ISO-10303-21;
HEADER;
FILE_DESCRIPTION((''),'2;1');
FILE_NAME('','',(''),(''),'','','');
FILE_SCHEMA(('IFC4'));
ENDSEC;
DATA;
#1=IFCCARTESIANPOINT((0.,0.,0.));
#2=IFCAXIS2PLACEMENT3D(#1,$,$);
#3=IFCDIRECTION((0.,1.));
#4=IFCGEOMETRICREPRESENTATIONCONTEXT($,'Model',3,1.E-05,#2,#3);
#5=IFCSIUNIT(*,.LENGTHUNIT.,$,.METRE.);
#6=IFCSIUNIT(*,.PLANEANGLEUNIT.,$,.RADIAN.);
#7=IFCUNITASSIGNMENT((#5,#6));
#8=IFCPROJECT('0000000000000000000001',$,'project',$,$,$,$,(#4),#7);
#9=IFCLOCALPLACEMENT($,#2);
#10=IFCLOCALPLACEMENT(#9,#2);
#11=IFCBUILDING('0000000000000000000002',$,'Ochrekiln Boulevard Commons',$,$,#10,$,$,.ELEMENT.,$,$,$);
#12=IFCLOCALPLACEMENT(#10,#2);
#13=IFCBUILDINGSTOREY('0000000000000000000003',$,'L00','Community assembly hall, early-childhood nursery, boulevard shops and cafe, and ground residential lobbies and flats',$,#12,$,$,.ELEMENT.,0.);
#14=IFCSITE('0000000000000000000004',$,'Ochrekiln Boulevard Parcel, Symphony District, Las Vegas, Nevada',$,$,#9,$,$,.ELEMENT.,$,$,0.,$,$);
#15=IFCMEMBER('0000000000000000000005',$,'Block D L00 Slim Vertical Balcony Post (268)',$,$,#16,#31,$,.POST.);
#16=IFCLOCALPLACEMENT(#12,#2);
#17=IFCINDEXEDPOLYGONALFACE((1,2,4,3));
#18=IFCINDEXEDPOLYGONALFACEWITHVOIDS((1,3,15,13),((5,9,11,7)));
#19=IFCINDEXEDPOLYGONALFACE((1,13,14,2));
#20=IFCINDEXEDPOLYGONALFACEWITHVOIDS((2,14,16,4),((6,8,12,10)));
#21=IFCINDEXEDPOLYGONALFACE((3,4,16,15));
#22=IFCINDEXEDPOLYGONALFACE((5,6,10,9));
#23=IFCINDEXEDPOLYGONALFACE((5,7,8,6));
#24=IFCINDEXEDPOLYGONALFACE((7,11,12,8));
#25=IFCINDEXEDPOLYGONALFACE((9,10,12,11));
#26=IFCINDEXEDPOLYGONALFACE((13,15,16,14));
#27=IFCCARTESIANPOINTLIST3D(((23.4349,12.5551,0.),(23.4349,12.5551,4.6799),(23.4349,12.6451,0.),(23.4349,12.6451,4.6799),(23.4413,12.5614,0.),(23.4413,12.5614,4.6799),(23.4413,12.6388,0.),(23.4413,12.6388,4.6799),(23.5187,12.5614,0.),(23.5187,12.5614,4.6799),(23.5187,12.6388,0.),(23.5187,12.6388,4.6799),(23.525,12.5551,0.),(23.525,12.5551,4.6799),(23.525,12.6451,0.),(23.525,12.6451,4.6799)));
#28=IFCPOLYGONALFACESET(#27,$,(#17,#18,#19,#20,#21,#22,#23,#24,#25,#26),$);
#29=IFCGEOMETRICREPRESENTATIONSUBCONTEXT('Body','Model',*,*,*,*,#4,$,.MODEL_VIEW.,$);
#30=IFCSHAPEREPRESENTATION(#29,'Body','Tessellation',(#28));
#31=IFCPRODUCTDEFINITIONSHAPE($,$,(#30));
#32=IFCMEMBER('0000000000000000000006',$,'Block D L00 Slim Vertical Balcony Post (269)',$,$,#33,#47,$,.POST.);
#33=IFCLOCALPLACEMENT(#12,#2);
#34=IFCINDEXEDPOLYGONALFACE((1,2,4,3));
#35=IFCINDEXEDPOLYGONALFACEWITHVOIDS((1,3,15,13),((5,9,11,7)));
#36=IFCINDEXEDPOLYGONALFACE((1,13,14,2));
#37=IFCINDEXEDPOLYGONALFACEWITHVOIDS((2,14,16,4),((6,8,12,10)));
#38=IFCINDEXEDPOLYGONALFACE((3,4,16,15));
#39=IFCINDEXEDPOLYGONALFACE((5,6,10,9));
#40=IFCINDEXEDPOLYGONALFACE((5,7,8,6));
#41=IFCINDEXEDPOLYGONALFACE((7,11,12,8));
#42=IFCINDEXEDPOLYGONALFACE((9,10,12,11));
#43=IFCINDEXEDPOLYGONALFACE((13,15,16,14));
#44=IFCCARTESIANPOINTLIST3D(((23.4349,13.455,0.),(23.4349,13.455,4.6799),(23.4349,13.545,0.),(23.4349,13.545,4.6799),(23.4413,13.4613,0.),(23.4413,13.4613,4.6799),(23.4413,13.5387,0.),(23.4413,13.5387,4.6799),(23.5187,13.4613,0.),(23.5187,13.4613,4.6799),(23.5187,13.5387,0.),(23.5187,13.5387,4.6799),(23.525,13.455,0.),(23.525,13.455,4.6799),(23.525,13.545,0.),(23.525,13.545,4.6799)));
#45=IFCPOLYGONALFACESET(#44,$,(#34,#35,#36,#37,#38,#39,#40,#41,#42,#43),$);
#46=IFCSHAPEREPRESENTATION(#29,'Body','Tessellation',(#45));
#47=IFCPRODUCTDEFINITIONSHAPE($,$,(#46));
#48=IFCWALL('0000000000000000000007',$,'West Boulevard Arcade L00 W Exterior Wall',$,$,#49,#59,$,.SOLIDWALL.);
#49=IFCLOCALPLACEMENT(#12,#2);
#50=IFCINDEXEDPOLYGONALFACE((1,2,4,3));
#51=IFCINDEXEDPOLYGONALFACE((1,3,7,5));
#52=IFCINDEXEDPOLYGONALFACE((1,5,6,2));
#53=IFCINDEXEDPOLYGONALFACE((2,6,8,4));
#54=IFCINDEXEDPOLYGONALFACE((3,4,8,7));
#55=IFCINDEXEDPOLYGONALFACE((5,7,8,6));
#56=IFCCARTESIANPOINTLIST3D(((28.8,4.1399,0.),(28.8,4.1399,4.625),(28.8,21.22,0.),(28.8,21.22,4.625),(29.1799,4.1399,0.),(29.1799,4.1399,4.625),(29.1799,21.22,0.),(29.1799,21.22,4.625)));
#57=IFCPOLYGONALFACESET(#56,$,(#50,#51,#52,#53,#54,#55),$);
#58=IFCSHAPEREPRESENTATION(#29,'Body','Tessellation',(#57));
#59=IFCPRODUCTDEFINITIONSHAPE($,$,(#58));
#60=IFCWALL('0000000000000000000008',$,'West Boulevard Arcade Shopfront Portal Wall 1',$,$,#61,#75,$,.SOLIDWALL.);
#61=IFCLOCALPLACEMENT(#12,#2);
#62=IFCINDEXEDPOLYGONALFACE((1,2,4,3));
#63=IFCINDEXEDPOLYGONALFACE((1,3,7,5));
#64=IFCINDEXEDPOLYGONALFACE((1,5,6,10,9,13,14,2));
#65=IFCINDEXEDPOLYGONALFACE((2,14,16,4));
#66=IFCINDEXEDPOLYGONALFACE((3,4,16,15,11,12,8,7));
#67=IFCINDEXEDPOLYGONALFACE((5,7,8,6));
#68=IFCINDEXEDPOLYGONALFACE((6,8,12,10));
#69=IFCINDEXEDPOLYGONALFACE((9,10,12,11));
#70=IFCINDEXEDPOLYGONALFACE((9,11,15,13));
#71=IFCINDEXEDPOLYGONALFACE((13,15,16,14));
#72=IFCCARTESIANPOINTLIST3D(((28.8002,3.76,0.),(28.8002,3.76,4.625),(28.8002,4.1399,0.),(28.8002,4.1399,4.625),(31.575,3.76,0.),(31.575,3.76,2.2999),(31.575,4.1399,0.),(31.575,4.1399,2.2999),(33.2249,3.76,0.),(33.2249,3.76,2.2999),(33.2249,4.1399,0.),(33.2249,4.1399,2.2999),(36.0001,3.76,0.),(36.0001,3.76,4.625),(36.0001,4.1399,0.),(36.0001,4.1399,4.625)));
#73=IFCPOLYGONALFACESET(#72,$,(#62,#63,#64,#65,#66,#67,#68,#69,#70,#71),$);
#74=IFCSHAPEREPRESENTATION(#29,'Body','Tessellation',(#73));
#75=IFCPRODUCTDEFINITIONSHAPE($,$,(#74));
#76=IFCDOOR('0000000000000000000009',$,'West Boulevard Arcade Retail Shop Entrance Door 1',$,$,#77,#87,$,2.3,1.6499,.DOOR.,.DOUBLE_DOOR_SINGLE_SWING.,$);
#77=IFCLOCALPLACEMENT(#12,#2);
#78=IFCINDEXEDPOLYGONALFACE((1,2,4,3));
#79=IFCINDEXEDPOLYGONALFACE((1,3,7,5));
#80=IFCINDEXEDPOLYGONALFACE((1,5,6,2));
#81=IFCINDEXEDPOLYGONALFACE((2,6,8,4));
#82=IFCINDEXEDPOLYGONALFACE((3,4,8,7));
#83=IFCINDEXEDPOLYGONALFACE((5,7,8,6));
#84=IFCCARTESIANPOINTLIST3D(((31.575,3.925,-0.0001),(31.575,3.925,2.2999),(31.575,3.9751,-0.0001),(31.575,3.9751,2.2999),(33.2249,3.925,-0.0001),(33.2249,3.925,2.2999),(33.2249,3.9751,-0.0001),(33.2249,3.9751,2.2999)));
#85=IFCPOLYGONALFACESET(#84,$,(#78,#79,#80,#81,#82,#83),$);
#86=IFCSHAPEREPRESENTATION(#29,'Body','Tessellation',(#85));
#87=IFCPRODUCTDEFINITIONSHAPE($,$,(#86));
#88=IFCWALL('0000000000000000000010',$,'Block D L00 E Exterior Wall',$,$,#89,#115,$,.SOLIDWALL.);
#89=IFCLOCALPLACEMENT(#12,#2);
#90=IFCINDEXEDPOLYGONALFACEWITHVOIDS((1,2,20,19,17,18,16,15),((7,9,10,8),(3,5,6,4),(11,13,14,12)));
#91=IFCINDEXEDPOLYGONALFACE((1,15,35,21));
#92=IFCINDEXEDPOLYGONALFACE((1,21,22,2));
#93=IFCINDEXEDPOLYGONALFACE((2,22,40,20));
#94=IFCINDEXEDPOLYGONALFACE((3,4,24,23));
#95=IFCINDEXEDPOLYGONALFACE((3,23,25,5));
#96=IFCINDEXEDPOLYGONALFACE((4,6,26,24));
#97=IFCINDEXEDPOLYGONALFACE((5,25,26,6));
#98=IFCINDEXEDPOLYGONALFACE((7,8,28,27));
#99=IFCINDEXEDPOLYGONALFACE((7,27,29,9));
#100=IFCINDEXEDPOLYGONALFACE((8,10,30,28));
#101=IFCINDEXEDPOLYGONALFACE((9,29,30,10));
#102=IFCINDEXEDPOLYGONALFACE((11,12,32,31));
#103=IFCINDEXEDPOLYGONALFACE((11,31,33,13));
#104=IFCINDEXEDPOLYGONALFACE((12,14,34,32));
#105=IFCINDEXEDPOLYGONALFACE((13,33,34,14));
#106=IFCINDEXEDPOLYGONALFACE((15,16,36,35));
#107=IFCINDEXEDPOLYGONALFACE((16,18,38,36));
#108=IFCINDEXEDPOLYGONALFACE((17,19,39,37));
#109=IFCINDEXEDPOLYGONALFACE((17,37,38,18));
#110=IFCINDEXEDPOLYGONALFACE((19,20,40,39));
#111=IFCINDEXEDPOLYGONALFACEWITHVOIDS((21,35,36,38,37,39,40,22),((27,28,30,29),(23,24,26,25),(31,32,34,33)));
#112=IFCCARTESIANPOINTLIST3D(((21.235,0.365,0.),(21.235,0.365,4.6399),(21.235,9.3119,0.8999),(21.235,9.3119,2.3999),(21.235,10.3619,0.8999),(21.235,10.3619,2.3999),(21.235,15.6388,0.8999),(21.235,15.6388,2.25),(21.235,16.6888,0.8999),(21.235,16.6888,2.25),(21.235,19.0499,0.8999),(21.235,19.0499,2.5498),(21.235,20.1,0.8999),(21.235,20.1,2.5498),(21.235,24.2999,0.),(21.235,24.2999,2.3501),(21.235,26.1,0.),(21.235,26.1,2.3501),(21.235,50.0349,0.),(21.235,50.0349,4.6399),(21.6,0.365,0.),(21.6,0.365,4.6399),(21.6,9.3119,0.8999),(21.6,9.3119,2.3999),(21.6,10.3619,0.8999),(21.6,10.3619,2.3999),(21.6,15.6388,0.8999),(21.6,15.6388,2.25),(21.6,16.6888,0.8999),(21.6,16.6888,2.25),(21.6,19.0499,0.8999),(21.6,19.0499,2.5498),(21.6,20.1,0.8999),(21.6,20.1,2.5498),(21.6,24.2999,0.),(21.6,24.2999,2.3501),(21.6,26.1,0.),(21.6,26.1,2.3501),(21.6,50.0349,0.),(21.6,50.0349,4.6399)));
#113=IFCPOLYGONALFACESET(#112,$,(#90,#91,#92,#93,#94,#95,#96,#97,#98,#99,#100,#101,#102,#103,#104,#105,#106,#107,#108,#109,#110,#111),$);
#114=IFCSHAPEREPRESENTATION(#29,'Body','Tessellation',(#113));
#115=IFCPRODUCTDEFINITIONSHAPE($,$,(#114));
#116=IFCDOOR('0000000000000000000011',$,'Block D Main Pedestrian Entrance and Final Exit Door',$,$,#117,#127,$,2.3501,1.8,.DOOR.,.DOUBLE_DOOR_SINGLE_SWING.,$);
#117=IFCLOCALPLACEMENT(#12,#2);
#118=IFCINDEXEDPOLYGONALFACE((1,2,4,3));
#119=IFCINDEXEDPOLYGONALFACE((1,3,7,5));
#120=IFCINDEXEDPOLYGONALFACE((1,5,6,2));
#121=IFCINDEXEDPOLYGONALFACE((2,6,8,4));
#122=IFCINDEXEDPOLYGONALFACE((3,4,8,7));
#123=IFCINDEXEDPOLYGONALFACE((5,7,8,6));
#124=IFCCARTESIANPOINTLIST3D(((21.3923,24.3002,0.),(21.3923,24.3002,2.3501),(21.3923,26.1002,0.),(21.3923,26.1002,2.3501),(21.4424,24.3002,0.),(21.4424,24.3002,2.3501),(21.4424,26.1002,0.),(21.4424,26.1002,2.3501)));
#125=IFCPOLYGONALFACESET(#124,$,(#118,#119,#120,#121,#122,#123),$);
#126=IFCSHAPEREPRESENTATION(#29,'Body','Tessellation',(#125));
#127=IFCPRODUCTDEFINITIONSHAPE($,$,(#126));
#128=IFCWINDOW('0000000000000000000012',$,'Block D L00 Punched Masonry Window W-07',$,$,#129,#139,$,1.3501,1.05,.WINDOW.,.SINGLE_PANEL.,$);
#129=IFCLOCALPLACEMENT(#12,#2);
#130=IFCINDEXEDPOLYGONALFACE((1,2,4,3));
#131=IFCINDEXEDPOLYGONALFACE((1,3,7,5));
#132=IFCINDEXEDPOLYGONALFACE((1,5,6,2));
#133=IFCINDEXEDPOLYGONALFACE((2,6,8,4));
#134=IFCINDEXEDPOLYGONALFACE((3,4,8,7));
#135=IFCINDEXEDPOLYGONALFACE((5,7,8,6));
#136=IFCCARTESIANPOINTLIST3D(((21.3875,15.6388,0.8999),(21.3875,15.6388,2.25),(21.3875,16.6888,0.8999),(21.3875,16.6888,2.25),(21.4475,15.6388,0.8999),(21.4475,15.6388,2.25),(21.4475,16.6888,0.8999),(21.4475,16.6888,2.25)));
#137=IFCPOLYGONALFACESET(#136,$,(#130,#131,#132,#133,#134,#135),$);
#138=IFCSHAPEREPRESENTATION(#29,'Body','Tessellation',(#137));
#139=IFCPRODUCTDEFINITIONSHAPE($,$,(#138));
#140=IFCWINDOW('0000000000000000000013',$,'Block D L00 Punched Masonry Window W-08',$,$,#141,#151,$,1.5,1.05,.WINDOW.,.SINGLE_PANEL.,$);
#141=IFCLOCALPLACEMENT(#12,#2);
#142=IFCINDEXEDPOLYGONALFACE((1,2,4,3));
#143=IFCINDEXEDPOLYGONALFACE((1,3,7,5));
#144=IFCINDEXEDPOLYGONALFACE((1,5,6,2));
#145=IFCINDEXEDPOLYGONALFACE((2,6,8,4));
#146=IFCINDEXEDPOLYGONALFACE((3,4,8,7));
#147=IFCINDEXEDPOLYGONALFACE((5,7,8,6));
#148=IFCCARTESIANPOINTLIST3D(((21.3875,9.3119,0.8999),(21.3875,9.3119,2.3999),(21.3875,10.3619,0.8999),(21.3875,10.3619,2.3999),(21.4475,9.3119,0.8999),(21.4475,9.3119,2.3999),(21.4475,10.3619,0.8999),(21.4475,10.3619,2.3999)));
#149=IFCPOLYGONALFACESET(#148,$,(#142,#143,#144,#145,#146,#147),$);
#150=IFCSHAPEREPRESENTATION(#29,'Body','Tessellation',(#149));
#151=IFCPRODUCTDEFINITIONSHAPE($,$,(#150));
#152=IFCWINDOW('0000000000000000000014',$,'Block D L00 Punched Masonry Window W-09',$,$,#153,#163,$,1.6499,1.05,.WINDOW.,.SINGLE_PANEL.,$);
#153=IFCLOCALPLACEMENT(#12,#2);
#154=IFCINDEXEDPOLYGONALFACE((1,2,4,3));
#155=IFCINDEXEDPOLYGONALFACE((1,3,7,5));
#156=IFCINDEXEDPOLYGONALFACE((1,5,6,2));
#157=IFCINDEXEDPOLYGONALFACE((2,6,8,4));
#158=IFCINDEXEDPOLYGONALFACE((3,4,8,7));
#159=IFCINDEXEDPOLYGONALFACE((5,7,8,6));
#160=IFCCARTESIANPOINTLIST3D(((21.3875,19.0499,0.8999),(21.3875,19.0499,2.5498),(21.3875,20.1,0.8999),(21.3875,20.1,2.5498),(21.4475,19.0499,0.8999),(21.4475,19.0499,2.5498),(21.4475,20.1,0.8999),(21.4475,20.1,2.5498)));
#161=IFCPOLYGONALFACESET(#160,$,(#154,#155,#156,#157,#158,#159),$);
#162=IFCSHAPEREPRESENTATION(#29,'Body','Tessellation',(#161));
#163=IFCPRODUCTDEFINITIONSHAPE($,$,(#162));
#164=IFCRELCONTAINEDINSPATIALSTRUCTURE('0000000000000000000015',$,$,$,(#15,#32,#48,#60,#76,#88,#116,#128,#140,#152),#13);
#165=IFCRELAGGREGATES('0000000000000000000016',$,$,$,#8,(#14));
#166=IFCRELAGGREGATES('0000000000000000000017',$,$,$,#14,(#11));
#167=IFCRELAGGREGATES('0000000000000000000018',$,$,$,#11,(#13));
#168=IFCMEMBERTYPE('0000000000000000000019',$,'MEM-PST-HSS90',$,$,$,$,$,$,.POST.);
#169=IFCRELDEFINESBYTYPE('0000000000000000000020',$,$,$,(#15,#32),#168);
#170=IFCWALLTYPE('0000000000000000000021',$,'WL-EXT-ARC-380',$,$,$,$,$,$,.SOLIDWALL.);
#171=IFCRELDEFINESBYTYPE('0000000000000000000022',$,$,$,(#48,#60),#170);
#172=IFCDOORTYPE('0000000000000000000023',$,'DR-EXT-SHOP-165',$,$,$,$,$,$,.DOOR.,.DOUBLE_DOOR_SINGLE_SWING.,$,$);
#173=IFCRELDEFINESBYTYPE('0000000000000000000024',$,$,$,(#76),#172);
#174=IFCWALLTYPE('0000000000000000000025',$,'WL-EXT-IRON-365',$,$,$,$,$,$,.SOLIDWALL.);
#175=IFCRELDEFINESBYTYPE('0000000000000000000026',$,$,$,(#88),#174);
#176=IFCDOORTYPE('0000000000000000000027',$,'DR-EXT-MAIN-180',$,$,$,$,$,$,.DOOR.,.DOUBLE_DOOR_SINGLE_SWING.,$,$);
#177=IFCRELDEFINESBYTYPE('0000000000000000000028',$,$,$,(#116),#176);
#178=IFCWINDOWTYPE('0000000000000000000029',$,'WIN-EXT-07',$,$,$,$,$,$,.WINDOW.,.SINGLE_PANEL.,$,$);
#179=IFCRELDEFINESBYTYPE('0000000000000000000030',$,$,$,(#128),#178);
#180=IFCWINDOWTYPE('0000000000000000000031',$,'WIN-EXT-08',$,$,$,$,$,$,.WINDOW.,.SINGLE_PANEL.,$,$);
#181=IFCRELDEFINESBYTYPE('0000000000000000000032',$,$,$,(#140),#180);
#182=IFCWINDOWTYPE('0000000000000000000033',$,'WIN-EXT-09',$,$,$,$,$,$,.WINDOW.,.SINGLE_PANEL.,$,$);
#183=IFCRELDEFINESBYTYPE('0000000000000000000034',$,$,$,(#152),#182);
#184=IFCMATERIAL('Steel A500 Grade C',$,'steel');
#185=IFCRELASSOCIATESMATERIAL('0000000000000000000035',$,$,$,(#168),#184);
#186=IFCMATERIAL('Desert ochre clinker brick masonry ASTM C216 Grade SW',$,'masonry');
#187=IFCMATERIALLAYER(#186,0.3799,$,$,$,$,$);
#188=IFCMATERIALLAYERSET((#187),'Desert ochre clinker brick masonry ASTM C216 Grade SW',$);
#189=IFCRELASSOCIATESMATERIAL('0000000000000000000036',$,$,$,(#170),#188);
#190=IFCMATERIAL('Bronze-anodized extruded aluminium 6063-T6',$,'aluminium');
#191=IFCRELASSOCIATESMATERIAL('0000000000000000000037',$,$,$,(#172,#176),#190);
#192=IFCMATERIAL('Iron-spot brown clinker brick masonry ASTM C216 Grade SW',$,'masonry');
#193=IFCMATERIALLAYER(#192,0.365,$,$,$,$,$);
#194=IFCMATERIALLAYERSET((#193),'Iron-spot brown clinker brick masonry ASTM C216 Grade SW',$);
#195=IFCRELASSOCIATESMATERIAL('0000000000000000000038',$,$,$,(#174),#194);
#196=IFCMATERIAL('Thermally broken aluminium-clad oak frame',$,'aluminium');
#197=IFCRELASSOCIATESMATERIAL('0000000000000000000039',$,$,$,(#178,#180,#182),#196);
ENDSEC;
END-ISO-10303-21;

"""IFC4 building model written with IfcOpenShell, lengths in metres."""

from ifc_helpers import new_model, si_unit, direction, frame, frame_2d, origin, origin_2d, place, context, subcontext, project, spatial, rectangle, hollow_rectangle, extrude, material, layer, layer_set, material_profile, profile_set, type_object, element, fill, save


model = new_model("IFC4")

# Units and contexts
model_context = context("Model", 3, precision=1e-05, world=origin(), true_north=direction((0.0, 1.0)))
body_context = subcontext(model_context, "Body", "Model", "MODEL_VIEW")
ifc_project = project(units=[si_unit("LENGTHUNIT", "METRE"), si_unit("PLANEANGLEUNIT", "RADIAN")], contexts=[model_context])

# Site, building, storey
site_placement = place(None, origin())
site = spatial("IfcSite", under=ifc_project, at=site_placement, Name="Ochrekiln Boulevard Parcel, Symphony District, Las Vegas, Nevada", CompositionType="ELEMENT", RefElevation=0.0)
building_placement = place(site_placement, origin())
building = spatial("IfcBuilding", under=site, at=building_placement, Name="Ochrekiln Boulevard Commons", CompositionType="ELEMENT")
storey_placement = place(building_placement, origin())
storey = spatial("IfcBuildingStorey", under=building, at=storey_placement, Name="L00", Description="Community assembly hall, early-childhood nursery, boulevard shops and cafe, and ground residential lobbies and flats", CompositionType="ELEMENT", Elevation=0.0)

# Members
ifc_material_1 = material(Name="Steel A500 Grade C", Category="steel")
ifc_material_profile_1 = material_profile(ifc_material_1, hollow_rectangle(XDim=0.0901, YDim=0.0901, WallThickness=0.0063, at=origin_2d()), Name="HSS90X90X6.4")
ifc_profile_set_1 = profile_set([ifc_material_profile_1], Name="Steel A500 Grade C")
member_type = type_object("IfcMemberType", Name="MEM-PST-HSS90", PredefinedType="POST", material=ifc_profile_set_1)
for number, where, z_axis, x_axis, name in (
    (1, (23.48, 12.6001, 0.0), (0.0, 0.0, 1.0), (1.0, 0.0, 0.0), "Block D L00 Slim Vertical Balcony Post (268)"),
    (2, (23.48, 13.5, 0.0), (0.0, 0.0, 1.0), (1.0, 0.0, 0.0), "Block D L00 Slim Vertical Balcony Post (269)"),
):
    element("IfcMember", number, at=place(storey_placement, frame(where, z_axis=z_axis, x_axis=x_axis)), inside=storey, type_object=member_type, Name=name, PredefinedType="POST", context=body_context, shape_type="SweptSolid", body=[
        extrude(hollow_rectangle(XDim=0.0901, YDim=0.0901, WallThickness=0.0063, at=origin_2d()), origin(), (0.0, 0.0, 1.0), 4.6799),
    ])

# Wall
ifc_material_2 = material(Name="Desert ochre clinker brick masonry ASTM C216 Grade SW", Category="masonry")
ifc_layer_1 = layer(ifc_material_2, 0.3799)
ifc_layer_set_1 = layer_set([ifc_layer_1], Name="Desert ochre clinker brick masonry ASTM C216 Grade SW")
wall_type_1 = type_object("IfcWallType", Name="WL-EXT-ARC-380", PredefinedType="SOLIDWALL", material=ifc_layer_set_1)
wall_1_placement = place(storey_placement, frame((28.99, 4.1399, 0.0), z_axis=(0.0, 0.0, 1.0), x_axis=(0.0, 1.0, 0.0)))
element("IfcWall", 3, at=wall_1_placement, inside=storey, type_object=wall_type_1, Name="West Boulevard Arcade L00 W Exterior Wall", PredefinedType="SOLIDWALL", context=body_context, shape_type="SweptSolid", body=[
    extrude(rectangle(XDim=17.0801, YDim=0.3799, at=frame_2d((8.54, 0.0))), origin(), (0.0, 0.0, 1.0), 4.625),
])

# Wall, opening, door
wall_2_placement = place(storey_placement, frame((28.8, 3.95, 0.0), z_axis=(0.0, 0.0, 1.0), x_axis=(1.0, 0.0, 0.0)))
wall_2 = element("IfcWall", 4, at=wall_2_placement, inside=storey, type_object=wall_type_1, Name="West Boulevard Arcade Shopfront Portal Wall 1", PredefinedType="SOLIDWALL", context=body_context, shape_type="SweptSolid", body=[
    extrude(rectangle(XDim=7.2, YDim=0.3799, at=frame_2d((3.6001, 0.0))), origin(), (0.0, 0.0, 1.0), 4.625),
])
opening_1_placement = place(wall_2_placement, frame((2.7749, 0.0, 0.0)))
opening_1 = element("IfcOpeningElement", 5, at=opening_1_placement, cuts=wall_2, PredefinedType="OPENING", context=body_context, shape_type="SweptSolid", body=[
    extrude(rectangle(XDim=1.6499, YDim=2.3, at=frame_2d((0.825, 1.1499))), frame((0.0, 0.2, 0.0), z_axis=(0.0, -1.0, 0.0), x_axis=(1.0, 0.0, 0.0)), (0.0, 0.0, 1.0), 0.3999),
])
ifc_material_3 = material(Name="Bronze-anodized extruded aluminium 6063-T6", Category="aluminium")
door_type_1 = type_object("IfcDoorType", Name="DR-EXT-SHOP-165", OperationType="DOUBLE_DOOR_SINGLE_SWING", PredefinedType="DOOR", material=ifc_material_3)
door_1_placement = place(opening_1_placement, frame((1.6499, 0.0, 0.0), z_axis=(0.0, 0.0, 1.0), x_axis=(-1.0, 0.0, 0.0)))
door_1 = element("IfcDoor", 6, at=door_1_placement, inside=storey, type_object=door_type_1, Name="West Boulevard Arcade Retail Shop Entrance Door 1", OperationType="DOUBLE_DOOR_SINGLE_SWING", OverallHeight=2.3, OverallWidth=1.6499, PredefinedType="DOOR", context=body_context, shape_type="SweptSolid", body=[
    extrude(rectangle(XDim=1.6499, YDim=2.3, at=frame_2d((0.825, 1.1499))), frame((0.0, 0.0249, 0.0), z_axis=(0.0, -1.0, 0.0), x_axis=(1.0, 0.0, 0.0)), (0.0, 0.0, 1.0), 0.05),
])
fill(opening_1, door_1)

# Wall, openings, door, windows
ifc_material_4 = material(Name="Iron-spot brown clinker brick masonry ASTM C216 Grade SW", Category="masonry")
ifc_layer_2 = layer(ifc_material_4, 0.365)
ifc_layer_set_2 = layer_set([ifc_layer_2], Name="Iron-spot brown clinker brick masonry ASTM C216 Grade SW")
wall_type_2 = type_object("IfcWallType", Name="WL-EXT-IRON-365", PredefinedType="SOLIDWALL", material=ifc_layer_set_2)
wall_3_placement = place(storey_placement, frame((21.4175, 0.365, 0.0), z_axis=(0.0, 0.0, 1.0), x_axis=(0.0, 1.0, 0.0)))
wall_3 = element("IfcWall", 7, at=wall_3_placement, inside=storey, type_object=wall_type_2, Name="Block D L00 E Exterior Wall", PredefinedType="SOLIDWALL", context=body_context, shape_type="SweptSolid", body=[
    extrude(rectangle(XDim=49.6699, YDim=0.365, at=frame_2d((24.835, 0.0))), origin(), (0.0, 0.0, 1.0), 4.6399),
])
opening_2_placement = place(wall_3_placement, frame((23.9351, 0.0, 0.0)))
opening_2 = element("IfcOpeningElement", 8, at=opening_2_placement, cuts=wall_3, PredefinedType="OPENING", context=body_context, shape_type="SweptSolid", body=[
    extrude(rectangle(XDim=1.8, YDim=2.3501, at=frame_2d((0.8999, 1.175))), frame((0.0, 0.1924, 0.0), z_axis=(0.0, -1.0, 0.0), x_axis=(1.0, 0.0, 0.0)), (0.0, 0.0, 1.0), 0.385),
])
opening_3_placement = place(wall_3_placement, frame((15.2739, 0.0, 0.8999)))
opening_3 = element("IfcOpeningElement", 9, at=opening_3_placement, cuts=wall_3, PredefinedType="OPENING", context=body_context, shape_type="SweptSolid", body=[
    extrude(rectangle(XDim=1.05, YDim=1.3501, at=frame_2d((0.5249, 0.675))), frame((0.0, 0.1924, 0.0), z_axis=(0.0, -1.0, 0.0), x_axis=(1.0, 0.0, 0.0)), (0.0, 0.0, 1.0), 0.385),
])
opening_4_placement = place(wall_3_placement, frame((8.947, 0.0, 0.8999)))
opening_4 = element("IfcOpeningElement", 10, at=opening_4_placement, cuts=wall_3, PredefinedType="OPENING", context=body_context, shape_type="SweptSolid", body=[
    extrude(rectangle(XDim=1.05, YDim=1.5, at=frame_2d((0.5249, 0.75))), frame((0.0, 0.1924, 0.0), z_axis=(0.0, -1.0, 0.0), x_axis=(1.0, 0.0, 0.0)), (0.0, 0.0, 1.0), 0.385),
])
opening_5_placement = place(wall_3_placement, frame((18.6851, 0.0, 0.8999)))
opening_5 = element("IfcOpeningElement", 11, at=opening_5_placement, cuts=wall_3, PredefinedType="OPENING", context=body_context, shape_type="SweptSolid", body=[
    extrude(rectangle(XDim=1.05, YDim=1.6499, at=frame_2d((0.5249, 0.825))), frame((0.0, 0.1924, 0.0), z_axis=(0.0, -1.0, 0.0), x_axis=(1.0, 0.0, 0.0)), (0.0, 0.0, 1.0), 0.385),
])
door_type_2 = type_object("IfcDoorType", Name="DR-EXT-MAIN-180", OperationType="DOUBLE_DOOR_SINGLE_SWING", PredefinedType="DOOR", material=ifc_material_3)
door_2_placement = place(opening_2_placement, frame((1.8, 0.0, 0.0), z_axis=(0.0, 0.0, 1.0), x_axis=(-1.0, 0.0, 0.0)))
door_2 = element("IfcDoor", 12, at=door_2_placement, inside=storey, type_object=door_type_2, Name="Block D Main Pedestrian Entrance and Final Exit Door", OperationType="DOUBLE_DOOR_SINGLE_SWING", OverallHeight=2.3501, OverallWidth=1.8, PredefinedType="DOOR", context=body_context, shape_type="SweptSolid", body=[
    extrude(rectangle(XDim=1.8, YDim=2.3501, at=frame_2d((0.8999, 1.175))), frame((0.0, 0.0249, 0.0), z_axis=(0.0, -1.0, 0.0), x_axis=(1.0, 0.0, 0.0)), (0.0, 0.0, 1.0), 0.05),
])
fill(opening_2, door_2)
ifc_material_5 = material(Name="Thermally broken aluminium-clad oak frame", Category="aluminium")
window_type_1 = type_object("IfcWindowType", Name="WIN-EXT-07", PartitioningType="SINGLE_PANEL", PredefinedType="WINDOW", material=ifc_material_5)
window_1_placement = place(opening_3_placement, origin())
window_1 = element("IfcWindow", 13, at=window_1_placement, inside=storey, type_object=window_type_1, Name="Block D L00 Punched Masonry Window W-07", OverallHeight=1.3501, OverallWidth=1.05, PartitioningType="SINGLE_PANEL", PredefinedType="WINDOW", context=body_context, shape_type="SweptSolid", body=[
    extrude(rectangle(XDim=1.05, YDim=1.3501, at=frame_2d((0.5249, 0.675))), frame((0.0, 0.03, 0.0), z_axis=(0.0, -1.0, 0.0), x_axis=(1.0, 0.0, 0.0)), (0.0, 0.0, 1.0), 0.0601),
])
fill(opening_3, window_1)
window_type_2 = type_object("IfcWindowType", Name="WIN-EXT-08", PartitioningType="SINGLE_PANEL", PredefinedType="WINDOW", material=ifc_material_5)
window_2_placement = place(opening_4_placement, origin())
window_2 = element("IfcWindow", 14, at=window_2_placement, inside=storey, type_object=window_type_2, Name="Block D L00 Punched Masonry Window W-08", OverallHeight=1.5, OverallWidth=1.05, PartitioningType="SINGLE_PANEL", PredefinedType="WINDOW", context=body_context, shape_type="SweptSolid", body=[
    extrude(rectangle(XDim=1.05, YDim=1.5, at=frame_2d((0.5249, 0.75))), frame((0.0, 0.03, 0.0), z_axis=(0.0, -1.0, 0.0), x_axis=(1.0, 0.0, 0.0)), (0.0, 0.0, 1.0), 0.0601),
])
fill(opening_4, window_2)
window_type_3 = type_object("IfcWindowType", Name="WIN-EXT-09", PartitioningType="SINGLE_PANEL", PredefinedType="WINDOW", material=ifc_material_5)
window_3_placement = place(opening_5_placement, origin())
window_3 = element("IfcWindow", 15, at=window_3_placement, inside=storey, type_object=window_type_3, Name="Block D L00 Punched Masonry Window W-09", OverallHeight=1.6499, OverallWidth=1.05, PartitioningType="SINGLE_PANEL", PredefinedType="WINDOW", context=body_context, shape_type="SweptSolid", body=[
    extrude(rectangle(XDim=1.05, YDim=1.6499, at=frame_2d((0.5249, 0.825))), frame((0.0, 0.03, 0.0), z_axis=(0.0, -1.0, 0.0), x_axis=(1.0, 0.0, 0.0)), (0.0, 0.0, 1.0), 0.0601),
])
fill(opening_5, window_3)

save(model, "model.ifc")
